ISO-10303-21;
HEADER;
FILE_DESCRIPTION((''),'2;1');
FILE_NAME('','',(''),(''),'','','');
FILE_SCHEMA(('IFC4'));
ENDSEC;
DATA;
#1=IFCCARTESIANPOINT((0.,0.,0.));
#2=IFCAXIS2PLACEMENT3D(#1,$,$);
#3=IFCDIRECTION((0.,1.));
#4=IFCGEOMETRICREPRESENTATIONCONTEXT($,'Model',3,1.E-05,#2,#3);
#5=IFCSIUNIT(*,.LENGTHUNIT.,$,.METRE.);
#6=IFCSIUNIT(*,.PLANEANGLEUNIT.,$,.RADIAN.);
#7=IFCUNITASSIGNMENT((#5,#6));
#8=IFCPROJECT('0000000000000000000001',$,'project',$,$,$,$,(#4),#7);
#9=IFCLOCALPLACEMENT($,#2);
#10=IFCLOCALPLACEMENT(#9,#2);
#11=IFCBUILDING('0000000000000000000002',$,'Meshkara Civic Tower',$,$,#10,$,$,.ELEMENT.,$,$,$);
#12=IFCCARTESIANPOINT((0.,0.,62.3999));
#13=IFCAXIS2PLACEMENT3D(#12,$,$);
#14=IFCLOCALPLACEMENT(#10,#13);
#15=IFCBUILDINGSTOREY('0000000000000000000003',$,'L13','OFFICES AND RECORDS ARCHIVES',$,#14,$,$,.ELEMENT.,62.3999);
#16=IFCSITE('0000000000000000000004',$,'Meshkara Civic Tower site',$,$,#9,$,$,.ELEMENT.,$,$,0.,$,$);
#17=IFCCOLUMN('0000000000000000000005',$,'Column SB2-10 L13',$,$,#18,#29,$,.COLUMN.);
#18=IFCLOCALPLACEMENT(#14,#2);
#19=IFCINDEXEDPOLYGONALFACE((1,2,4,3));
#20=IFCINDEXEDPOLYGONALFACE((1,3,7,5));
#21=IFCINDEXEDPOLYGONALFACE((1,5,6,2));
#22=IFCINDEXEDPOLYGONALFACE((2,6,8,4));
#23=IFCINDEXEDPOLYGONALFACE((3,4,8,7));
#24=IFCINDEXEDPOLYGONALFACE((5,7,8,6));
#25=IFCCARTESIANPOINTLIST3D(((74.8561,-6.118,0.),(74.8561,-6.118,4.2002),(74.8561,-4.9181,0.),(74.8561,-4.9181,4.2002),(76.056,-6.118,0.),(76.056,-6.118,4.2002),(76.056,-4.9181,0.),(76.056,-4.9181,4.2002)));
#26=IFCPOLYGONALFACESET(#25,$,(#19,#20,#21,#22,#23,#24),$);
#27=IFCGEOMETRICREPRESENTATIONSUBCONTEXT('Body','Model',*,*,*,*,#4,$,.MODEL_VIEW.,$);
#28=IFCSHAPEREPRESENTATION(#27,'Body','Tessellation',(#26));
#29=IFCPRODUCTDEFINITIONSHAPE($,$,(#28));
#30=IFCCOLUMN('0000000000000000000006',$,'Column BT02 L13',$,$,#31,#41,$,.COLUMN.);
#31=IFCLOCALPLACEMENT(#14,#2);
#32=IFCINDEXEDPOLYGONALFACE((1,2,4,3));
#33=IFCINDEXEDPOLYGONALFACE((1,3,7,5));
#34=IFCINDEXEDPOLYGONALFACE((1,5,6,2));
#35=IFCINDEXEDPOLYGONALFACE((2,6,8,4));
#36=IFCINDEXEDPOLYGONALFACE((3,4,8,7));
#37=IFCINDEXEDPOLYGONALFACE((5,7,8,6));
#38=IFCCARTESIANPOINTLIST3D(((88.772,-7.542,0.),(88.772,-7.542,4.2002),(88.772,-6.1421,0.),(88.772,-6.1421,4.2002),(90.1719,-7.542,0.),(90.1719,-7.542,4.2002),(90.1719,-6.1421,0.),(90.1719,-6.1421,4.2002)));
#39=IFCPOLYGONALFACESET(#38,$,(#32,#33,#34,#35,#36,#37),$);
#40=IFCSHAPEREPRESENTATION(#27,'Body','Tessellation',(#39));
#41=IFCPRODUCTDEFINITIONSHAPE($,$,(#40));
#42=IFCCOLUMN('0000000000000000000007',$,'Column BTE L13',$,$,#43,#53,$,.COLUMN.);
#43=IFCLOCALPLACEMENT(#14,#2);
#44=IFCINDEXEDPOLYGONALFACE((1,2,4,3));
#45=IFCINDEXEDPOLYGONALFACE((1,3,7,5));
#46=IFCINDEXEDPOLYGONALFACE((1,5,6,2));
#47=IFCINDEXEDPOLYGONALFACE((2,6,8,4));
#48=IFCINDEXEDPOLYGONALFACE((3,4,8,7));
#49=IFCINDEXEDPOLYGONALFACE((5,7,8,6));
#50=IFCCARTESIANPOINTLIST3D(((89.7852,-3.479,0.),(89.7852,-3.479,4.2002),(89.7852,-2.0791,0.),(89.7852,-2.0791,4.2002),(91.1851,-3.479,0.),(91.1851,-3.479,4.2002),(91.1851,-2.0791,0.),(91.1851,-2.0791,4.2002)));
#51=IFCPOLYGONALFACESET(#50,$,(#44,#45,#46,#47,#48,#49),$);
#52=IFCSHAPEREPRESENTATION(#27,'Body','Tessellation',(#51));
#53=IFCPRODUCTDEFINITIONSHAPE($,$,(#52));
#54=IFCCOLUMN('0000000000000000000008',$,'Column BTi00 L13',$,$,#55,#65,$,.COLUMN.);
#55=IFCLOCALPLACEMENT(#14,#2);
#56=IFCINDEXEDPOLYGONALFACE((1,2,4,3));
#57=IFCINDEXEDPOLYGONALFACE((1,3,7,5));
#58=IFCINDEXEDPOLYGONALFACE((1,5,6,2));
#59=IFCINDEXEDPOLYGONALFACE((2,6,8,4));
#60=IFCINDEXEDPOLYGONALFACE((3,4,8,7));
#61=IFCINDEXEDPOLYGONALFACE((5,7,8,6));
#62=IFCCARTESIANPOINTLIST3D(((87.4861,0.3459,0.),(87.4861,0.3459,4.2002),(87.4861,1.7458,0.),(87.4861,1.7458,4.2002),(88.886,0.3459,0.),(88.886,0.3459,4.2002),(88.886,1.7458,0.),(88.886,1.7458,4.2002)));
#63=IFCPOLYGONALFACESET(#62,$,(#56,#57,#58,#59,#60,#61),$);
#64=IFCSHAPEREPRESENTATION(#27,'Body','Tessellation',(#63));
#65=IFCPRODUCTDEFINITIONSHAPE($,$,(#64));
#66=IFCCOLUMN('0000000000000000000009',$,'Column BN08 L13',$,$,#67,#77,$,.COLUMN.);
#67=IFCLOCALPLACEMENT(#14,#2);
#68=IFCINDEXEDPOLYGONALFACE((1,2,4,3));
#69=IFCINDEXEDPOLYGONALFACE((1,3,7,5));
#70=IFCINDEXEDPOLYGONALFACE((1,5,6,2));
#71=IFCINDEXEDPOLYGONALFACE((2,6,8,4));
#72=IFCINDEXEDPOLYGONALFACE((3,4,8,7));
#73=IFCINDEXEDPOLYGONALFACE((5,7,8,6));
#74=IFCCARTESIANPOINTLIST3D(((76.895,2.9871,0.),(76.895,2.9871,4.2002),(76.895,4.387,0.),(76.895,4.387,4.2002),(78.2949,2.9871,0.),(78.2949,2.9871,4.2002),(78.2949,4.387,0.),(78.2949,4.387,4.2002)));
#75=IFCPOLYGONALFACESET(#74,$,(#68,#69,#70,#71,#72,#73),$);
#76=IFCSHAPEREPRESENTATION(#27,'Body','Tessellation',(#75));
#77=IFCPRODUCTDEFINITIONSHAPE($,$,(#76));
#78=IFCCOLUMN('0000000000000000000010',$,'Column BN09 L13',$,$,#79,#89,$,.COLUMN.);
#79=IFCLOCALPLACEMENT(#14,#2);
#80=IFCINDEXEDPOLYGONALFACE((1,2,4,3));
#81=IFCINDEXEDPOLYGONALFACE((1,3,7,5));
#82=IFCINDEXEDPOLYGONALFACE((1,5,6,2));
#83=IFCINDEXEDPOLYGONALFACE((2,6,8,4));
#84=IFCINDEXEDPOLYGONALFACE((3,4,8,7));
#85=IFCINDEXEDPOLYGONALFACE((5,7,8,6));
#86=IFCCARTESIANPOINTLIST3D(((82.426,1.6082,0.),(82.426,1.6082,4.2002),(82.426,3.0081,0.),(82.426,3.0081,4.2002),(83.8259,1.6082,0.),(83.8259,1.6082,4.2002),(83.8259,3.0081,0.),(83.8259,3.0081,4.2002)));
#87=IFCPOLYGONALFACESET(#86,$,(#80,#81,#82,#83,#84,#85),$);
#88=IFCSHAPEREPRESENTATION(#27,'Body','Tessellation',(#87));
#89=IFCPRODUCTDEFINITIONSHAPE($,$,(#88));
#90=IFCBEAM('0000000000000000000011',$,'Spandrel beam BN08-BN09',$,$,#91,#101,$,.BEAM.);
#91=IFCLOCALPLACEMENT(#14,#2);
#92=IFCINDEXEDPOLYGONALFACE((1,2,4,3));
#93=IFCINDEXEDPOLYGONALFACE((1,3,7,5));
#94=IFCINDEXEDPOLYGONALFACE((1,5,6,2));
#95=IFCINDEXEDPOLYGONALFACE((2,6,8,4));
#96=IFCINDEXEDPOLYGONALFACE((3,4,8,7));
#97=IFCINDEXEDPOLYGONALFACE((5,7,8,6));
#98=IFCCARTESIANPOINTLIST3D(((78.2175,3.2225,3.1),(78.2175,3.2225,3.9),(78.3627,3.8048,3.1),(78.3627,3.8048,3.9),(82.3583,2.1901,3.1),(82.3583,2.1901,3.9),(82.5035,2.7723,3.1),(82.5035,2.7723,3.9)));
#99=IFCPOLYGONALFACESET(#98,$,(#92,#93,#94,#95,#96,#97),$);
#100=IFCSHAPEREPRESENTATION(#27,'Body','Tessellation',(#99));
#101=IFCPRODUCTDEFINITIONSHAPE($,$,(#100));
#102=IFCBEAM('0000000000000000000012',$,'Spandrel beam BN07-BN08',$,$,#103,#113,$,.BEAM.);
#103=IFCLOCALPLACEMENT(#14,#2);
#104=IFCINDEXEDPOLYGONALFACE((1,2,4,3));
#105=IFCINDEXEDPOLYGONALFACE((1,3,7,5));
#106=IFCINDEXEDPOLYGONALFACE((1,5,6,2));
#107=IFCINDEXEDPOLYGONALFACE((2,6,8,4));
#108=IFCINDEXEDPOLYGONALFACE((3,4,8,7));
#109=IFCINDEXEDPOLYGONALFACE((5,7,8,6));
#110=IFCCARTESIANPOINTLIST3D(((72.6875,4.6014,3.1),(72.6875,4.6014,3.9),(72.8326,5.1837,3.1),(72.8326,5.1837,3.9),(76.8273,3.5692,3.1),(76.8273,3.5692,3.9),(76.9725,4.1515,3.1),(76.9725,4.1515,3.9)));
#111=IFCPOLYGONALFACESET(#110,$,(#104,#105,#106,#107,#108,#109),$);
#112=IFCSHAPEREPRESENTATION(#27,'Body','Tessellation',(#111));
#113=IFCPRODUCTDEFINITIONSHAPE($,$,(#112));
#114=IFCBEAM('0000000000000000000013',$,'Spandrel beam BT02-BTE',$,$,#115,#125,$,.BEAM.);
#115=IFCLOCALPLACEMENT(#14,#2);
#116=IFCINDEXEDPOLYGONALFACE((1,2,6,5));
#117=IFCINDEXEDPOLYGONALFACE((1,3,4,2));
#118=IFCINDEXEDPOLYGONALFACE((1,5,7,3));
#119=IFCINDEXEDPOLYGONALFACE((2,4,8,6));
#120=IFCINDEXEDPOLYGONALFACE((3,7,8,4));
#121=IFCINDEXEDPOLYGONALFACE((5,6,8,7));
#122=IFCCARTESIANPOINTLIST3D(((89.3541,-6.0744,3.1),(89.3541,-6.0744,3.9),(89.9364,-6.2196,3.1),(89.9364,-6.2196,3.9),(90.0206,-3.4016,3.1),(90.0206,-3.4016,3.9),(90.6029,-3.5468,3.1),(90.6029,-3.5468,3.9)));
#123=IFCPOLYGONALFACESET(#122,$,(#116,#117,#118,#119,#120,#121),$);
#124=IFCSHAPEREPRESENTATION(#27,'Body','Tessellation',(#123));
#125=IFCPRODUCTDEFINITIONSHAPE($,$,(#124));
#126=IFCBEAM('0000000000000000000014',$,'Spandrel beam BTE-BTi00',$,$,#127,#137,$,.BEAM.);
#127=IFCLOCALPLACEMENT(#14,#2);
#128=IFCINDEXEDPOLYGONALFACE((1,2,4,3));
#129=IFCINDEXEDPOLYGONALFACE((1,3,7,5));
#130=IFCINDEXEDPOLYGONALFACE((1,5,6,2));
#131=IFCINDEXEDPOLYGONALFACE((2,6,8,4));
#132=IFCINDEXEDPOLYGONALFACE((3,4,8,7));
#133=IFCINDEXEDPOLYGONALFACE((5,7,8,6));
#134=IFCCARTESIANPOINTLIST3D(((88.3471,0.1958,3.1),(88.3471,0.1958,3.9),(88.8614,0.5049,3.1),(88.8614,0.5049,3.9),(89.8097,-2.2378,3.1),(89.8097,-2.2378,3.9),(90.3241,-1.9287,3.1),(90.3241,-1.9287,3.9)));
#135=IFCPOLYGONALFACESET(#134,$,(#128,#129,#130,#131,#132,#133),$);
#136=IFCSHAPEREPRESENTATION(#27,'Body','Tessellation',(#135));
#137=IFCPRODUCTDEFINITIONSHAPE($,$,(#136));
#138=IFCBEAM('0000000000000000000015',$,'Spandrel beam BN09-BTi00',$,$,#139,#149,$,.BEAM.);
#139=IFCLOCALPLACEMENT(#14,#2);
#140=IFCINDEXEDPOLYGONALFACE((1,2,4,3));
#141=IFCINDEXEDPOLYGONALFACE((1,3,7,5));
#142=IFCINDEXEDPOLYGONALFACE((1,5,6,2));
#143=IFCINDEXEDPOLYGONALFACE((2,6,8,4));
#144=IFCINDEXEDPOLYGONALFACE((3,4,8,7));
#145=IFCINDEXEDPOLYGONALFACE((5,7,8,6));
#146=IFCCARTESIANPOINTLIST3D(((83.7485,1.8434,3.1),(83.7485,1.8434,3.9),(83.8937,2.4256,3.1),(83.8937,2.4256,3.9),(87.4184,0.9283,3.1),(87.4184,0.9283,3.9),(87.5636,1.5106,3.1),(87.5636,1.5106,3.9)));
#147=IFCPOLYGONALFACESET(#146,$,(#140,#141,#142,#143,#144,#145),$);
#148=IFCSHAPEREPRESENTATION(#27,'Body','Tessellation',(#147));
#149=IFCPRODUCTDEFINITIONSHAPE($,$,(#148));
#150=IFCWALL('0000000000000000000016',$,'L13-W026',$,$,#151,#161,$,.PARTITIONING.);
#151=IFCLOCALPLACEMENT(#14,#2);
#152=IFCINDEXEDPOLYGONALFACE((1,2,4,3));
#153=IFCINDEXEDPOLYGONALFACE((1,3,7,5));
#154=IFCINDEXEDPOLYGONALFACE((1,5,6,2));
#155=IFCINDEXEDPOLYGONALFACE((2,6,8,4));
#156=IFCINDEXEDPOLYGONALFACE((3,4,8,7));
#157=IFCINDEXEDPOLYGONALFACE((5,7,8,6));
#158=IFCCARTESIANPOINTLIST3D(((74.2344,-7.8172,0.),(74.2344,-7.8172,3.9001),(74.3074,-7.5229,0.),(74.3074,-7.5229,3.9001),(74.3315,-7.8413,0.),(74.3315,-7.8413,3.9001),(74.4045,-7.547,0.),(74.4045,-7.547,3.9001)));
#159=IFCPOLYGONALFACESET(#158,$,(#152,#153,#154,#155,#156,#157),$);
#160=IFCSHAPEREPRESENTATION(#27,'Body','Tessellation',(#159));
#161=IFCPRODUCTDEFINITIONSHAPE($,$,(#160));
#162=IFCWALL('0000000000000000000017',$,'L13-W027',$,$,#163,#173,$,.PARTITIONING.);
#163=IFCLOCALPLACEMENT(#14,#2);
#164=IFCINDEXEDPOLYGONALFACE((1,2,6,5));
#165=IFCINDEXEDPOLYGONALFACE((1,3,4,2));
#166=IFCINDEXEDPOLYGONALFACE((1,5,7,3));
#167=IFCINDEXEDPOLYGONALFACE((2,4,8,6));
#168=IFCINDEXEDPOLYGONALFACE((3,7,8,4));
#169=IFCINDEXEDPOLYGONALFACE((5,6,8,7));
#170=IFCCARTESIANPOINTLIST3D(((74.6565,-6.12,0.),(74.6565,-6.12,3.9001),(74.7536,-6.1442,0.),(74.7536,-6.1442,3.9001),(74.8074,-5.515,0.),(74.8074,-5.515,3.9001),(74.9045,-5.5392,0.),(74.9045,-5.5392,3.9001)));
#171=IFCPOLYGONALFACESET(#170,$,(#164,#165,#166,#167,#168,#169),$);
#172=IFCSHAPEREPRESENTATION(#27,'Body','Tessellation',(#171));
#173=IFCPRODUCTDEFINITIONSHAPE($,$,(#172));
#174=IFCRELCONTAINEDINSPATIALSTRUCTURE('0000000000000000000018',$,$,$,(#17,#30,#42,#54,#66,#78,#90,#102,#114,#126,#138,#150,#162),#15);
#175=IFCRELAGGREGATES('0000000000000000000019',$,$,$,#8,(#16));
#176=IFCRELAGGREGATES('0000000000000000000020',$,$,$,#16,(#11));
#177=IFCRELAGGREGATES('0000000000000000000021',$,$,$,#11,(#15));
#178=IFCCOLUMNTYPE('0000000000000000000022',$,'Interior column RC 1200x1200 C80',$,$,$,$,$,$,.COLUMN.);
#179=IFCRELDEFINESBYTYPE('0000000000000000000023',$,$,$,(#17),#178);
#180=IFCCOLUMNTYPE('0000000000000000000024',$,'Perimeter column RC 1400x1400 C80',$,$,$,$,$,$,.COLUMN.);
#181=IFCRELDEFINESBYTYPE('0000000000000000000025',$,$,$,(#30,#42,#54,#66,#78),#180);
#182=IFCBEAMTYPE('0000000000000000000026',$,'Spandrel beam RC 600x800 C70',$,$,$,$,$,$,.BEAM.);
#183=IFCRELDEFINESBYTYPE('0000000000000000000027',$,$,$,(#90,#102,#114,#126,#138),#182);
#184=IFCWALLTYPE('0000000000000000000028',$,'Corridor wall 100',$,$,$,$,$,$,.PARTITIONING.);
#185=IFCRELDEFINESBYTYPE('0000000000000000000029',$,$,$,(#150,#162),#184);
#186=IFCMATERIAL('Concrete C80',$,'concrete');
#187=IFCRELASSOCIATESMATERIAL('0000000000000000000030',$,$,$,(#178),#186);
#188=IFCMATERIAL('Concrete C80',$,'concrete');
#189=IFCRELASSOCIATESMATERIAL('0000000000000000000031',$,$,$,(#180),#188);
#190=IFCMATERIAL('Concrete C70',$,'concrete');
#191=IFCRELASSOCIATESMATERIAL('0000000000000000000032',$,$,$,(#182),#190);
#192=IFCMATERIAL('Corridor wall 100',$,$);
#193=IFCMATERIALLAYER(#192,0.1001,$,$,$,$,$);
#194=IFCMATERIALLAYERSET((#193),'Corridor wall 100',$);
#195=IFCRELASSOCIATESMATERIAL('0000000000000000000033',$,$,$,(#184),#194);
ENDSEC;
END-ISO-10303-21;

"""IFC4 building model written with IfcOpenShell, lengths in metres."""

from ifc_helpers import new_model, si_unit, direction, frame, frame_2d, origin, origin_2d, place, context, subcontext, project, spatial, rectangle, extrude, material, layer, layer_set, material_profile, profile_set, type_object, element, save


model = new_model("IFC4")

# Units and contexts
model_context = context("Model", 3, precision=1e-05, world=origin(), true_north=direction((0.0, 1.0)))
body_context = subcontext(model_context, "Body", "Model", "MODEL_VIEW")
ifc_project = project(units=[si_unit("LENGTHUNIT", "METRE"), si_unit("PLANEANGLEUNIT", "RADIAN")], contexts=[model_context])

# Site, building, storey
site_placement = place(None, origin())
site = spatial("IfcSite", under=ifc_project, at=site_placement, Name="Meshkara Civic Tower site", CompositionType="ELEMENT", RefElevation=0.0)
building_placement = place(site_placement, origin())
building = spatial("IfcBuilding", under=site, at=building_placement, Name="Meshkara Civic Tower", CompositionType="ELEMENT")
storey_placement = place(building_placement, frame((0.0, 0.0, 62.3999)))
storey = spatial("IfcBuildingStorey", under=building, at=storey_placement, Name="L13", Description="OFFICES AND RECORDS ARCHIVES", CompositionType="ELEMENT", Elevation=62.3999)

# Columns
ifc_material_1 = material(Name="Concrete C80", Category="concrete")
ifc_material_profile_1 = material_profile(ifc_material_1, rectangle(XDim=1.2, YDim=1.2, at=origin_2d()))
ifc_profile_set_1 = profile_set([ifc_material_profile_1], Name="Concrete C80")
column_type_1 = type_object("IfcColumnType", Name="Interior column RC 1200x1200 C80", PredefinedType="COLUMN", material=ifc_profile_set_1)
column_placement = place(storey_placement, frame((75.4561, -5.5181, 0.0), z_axis=(0.0, 0.0, 1.0), x_axis=(1.0, 0.0, 0.0)))
element("IfcColumn", 1, at=column_placement, inside=storey, type_object=column_type_1, Name="Column SB2-10 L13", PredefinedType="COLUMN", context=body_context, shape_type="SweptSolid", body=[
    extrude(rectangle(XDim=1.2, YDim=1.2, at=origin_2d()), origin(), (0.0, 0.0, 1.0), 4.2002),
])
ifc_material_2 = material(Name="Concrete C80", Category="concrete")
ifc_material_profile_2 = material_profile(ifc_material_2, rectangle(XDim=1.3999, YDim=1.3999, at=origin_2d()))
ifc_profile_set_2 = profile_set([ifc_material_profile_2], Name="Concrete C80")
column_type_2 = type_object("IfcColumnType", Name="Perimeter column RC 1400x1400 C80", PredefinedType="COLUMN", material=ifc_profile_set_2)
for number, where, z_axis, x_axis, name in (
    (2, (89.4719, -6.842, 0.0), (0.0, 0.0, 1.0), (1.0, 0.0, 0.0), "Column BT02 L13"),
    (3, (90.4851, -2.7791, 0.0), (0.0, 0.0, 1.0), (1.0, 0.0, 0.0), "Column BTE L13"),
    (4, (88.186, 1.0459, 0.0), (0.0, 0.0, 1.0), (1.0, 0.0, 0.0), "Column BTi00 L13"),
    (5, (77.595, 3.687, 0.0), (0.0, 0.0, 1.0), (1.0, 0.0, 0.0), "Column BN08 L13"),
    (6, (83.126, 2.3081, 0.0), (0.0, 0.0, 1.0), (1.0, 0.0, 0.0), "Column BN09 L13"),
):
    element("IfcColumn", number, at=place(storey_placement, frame(where, z_axis=z_axis, x_axis=x_axis)), inside=storey, type_object=column_type_2, Name=name, PredefinedType="COLUMN", context=body_context, shape_type="SweptSolid", body=[
        extrude(rectangle(XDim=1.3999, YDim=1.3999, at=origin_2d()), origin(), (0.0, 0.0, 1.0), 4.2002),
    ])

# Beams
ifc_material_3 = material(Name="Concrete C70", Category="concrete")
ifc_material_profile_3 = material_profile(ifc_material_3, rectangle(XDim=0.6001, YDim=0.8, at=origin_2d()))
ifc_profile_set_3 = profile_set([ifc_material_profile_3], Name="Concrete C70")
beam_type = type_object("IfcBeamType", Name="Spandrel beam RC 600x800 C70", PredefinedType="BEAM", material=ifc_profile_set_3)
beam_1_placement = place(storey_placement, frame((82.4309, 2.4812, 3.5), z_axis=(-0.970294, 0.24193, 0.0), x_axis=(-0.24193, -0.970294, 0.0)))
element("IfcBeam", 7, at=beam_1_placement, inside=storey, type_object=beam_type, Name="Spandrel beam BN08-BN09", PredefinedType="BEAM", context=body_context, shape_type="SweptSolid", body=[
    extrude(rectangle(XDim=0.6001, YDim=0.8, at=origin_2d()), origin(), (0.0, 0.0, 1.0), 4.2676),
])
beam_2_placement = place(storey_placement, frame((76.8999, 3.8604, 3.5), z_axis=(-0.970294, 0.24193, 0.0), x_axis=(-0.24193, -0.970294, 0.0)))
element("IfcBeam", 8, at=beam_2_placement, inside=storey, type_object=beam_type, Name="Spandrel beam BN07-BN08", PredefinedType="BEAM", context=body_context, shape_type="SweptSolid", body=[
    extrude(rectangle(XDim=0.6001, YDim=0.8, at=origin_2d()), origin(), (0.0, 0.0, 1.0), 4.2666),
])
beam_3_placement = place(storey_placement, frame((89.6453, -6.147, 3.5), z_axis=(0.241952, 0.970288, 0.0), x_axis=(-0.970288, 0.241952, 0.0)))
element("IfcBeam", 9, at=beam_3_placement, inside=storey, type_object=beam_type, Name="Spandrel beam BT02-BTE", PredefinedType="BEAM", context=body_context, shape_type="SweptSolid", body=[
    extrude(rectangle(XDim=0.6001, YDim=0.8, at=origin_2d()), origin(), (0.0, 0.0, 1.0), 2.7546),
])
beam_4_placement = place(storey_placement, frame((90.0669, -2.0833, 3.5), z_axis=(-0.515141, 0.857106, 0.0), x_axis=(-0.857106, -0.515141, 0.0)))
element("IfcBeam", 10, at=beam_4_placement, inside=storey, type_object=beam_type, Name="Spandrel beam BTE-BTi00", PredefinedType="BEAM", context=body_context, shape_type="SweptSolid", body=[
    extrude(rectangle(XDim=0.6001, YDim=0.8, at=origin_2d()), origin(), (0.0, 0.0, 1.0), 2.8394),
])
beam_5_placement = place(storey_placement, frame((87.491, 1.2195, 3.5), z_axis=(-0.970294, 0.241928, 0.0), x_axis=(-0.241928, -0.970294, 0.0)))
element("IfcBeam", 11, at=beam_5_placement, inside=storey, type_object=beam_type, Name="Spandrel beam BN09-BTi00", PredefinedType="BEAM", context=body_context, shape_type="SweptSolid", body=[
    extrude(rectangle(XDim=0.6001, YDim=0.8, at=origin_2d()), origin(), (0.0, 0.0, 1.0), 3.7822),
])

# Walls
ifc_material_4 = material(Name="Corridor wall 100")
ifc_layer_1 = layer(ifc_material_4, 0.1001)
ifc_layer_set_1 = layer_set([ifc_layer_1], Name="Corridor wall 100")
wall_type_1 = type_object("IfcWallType", Name="Corridor wall 100", PredefinedType="PARTITIONING", material=ifc_layer_set_1)
wall_1_placement = place(storey_placement, frame((74.356, -7.5349, 0.0), z_axis=(0.0, 0.0, 1.0), x_axis=(-0.24083, -0.970567, 0.0)))
element("IfcWall", 12, at=wall_1_placement, inside=storey, type_object=wall_type_1, Name="L13-W026", PredefinedType="PARTITIONING", context=body_context, shape_type="SweptSolid", body=[
    extrude(rectangle(XDim=0.3032, YDim=0.1001, at=frame_2d((0.1516, 0.0))), origin(), (0.0, 0.0, 1.0), 3.9001),
])
wall_2_placement = place(storey_placement, frame((74.856, -5.5271, 0.0), z_axis=(0.0, 0.0, 1.0), x_axis=(-0.241983, -0.970281, 0.0)))
element("IfcWall", 13, at=wall_2_placement, inside=storey, type_object=wall_type_1, Name="L13-W027", PredefinedType="PARTITIONING", context=body_context, shape_type="SweptSolid", body=[
    extrude(rectangle(XDim=0.6235, YDim=0.1001, at=frame_2d((0.3118, 0.0))), origin(), (0.0, 0.0, 1.0), 3.9001),
])

save(model, "model.ifc")
